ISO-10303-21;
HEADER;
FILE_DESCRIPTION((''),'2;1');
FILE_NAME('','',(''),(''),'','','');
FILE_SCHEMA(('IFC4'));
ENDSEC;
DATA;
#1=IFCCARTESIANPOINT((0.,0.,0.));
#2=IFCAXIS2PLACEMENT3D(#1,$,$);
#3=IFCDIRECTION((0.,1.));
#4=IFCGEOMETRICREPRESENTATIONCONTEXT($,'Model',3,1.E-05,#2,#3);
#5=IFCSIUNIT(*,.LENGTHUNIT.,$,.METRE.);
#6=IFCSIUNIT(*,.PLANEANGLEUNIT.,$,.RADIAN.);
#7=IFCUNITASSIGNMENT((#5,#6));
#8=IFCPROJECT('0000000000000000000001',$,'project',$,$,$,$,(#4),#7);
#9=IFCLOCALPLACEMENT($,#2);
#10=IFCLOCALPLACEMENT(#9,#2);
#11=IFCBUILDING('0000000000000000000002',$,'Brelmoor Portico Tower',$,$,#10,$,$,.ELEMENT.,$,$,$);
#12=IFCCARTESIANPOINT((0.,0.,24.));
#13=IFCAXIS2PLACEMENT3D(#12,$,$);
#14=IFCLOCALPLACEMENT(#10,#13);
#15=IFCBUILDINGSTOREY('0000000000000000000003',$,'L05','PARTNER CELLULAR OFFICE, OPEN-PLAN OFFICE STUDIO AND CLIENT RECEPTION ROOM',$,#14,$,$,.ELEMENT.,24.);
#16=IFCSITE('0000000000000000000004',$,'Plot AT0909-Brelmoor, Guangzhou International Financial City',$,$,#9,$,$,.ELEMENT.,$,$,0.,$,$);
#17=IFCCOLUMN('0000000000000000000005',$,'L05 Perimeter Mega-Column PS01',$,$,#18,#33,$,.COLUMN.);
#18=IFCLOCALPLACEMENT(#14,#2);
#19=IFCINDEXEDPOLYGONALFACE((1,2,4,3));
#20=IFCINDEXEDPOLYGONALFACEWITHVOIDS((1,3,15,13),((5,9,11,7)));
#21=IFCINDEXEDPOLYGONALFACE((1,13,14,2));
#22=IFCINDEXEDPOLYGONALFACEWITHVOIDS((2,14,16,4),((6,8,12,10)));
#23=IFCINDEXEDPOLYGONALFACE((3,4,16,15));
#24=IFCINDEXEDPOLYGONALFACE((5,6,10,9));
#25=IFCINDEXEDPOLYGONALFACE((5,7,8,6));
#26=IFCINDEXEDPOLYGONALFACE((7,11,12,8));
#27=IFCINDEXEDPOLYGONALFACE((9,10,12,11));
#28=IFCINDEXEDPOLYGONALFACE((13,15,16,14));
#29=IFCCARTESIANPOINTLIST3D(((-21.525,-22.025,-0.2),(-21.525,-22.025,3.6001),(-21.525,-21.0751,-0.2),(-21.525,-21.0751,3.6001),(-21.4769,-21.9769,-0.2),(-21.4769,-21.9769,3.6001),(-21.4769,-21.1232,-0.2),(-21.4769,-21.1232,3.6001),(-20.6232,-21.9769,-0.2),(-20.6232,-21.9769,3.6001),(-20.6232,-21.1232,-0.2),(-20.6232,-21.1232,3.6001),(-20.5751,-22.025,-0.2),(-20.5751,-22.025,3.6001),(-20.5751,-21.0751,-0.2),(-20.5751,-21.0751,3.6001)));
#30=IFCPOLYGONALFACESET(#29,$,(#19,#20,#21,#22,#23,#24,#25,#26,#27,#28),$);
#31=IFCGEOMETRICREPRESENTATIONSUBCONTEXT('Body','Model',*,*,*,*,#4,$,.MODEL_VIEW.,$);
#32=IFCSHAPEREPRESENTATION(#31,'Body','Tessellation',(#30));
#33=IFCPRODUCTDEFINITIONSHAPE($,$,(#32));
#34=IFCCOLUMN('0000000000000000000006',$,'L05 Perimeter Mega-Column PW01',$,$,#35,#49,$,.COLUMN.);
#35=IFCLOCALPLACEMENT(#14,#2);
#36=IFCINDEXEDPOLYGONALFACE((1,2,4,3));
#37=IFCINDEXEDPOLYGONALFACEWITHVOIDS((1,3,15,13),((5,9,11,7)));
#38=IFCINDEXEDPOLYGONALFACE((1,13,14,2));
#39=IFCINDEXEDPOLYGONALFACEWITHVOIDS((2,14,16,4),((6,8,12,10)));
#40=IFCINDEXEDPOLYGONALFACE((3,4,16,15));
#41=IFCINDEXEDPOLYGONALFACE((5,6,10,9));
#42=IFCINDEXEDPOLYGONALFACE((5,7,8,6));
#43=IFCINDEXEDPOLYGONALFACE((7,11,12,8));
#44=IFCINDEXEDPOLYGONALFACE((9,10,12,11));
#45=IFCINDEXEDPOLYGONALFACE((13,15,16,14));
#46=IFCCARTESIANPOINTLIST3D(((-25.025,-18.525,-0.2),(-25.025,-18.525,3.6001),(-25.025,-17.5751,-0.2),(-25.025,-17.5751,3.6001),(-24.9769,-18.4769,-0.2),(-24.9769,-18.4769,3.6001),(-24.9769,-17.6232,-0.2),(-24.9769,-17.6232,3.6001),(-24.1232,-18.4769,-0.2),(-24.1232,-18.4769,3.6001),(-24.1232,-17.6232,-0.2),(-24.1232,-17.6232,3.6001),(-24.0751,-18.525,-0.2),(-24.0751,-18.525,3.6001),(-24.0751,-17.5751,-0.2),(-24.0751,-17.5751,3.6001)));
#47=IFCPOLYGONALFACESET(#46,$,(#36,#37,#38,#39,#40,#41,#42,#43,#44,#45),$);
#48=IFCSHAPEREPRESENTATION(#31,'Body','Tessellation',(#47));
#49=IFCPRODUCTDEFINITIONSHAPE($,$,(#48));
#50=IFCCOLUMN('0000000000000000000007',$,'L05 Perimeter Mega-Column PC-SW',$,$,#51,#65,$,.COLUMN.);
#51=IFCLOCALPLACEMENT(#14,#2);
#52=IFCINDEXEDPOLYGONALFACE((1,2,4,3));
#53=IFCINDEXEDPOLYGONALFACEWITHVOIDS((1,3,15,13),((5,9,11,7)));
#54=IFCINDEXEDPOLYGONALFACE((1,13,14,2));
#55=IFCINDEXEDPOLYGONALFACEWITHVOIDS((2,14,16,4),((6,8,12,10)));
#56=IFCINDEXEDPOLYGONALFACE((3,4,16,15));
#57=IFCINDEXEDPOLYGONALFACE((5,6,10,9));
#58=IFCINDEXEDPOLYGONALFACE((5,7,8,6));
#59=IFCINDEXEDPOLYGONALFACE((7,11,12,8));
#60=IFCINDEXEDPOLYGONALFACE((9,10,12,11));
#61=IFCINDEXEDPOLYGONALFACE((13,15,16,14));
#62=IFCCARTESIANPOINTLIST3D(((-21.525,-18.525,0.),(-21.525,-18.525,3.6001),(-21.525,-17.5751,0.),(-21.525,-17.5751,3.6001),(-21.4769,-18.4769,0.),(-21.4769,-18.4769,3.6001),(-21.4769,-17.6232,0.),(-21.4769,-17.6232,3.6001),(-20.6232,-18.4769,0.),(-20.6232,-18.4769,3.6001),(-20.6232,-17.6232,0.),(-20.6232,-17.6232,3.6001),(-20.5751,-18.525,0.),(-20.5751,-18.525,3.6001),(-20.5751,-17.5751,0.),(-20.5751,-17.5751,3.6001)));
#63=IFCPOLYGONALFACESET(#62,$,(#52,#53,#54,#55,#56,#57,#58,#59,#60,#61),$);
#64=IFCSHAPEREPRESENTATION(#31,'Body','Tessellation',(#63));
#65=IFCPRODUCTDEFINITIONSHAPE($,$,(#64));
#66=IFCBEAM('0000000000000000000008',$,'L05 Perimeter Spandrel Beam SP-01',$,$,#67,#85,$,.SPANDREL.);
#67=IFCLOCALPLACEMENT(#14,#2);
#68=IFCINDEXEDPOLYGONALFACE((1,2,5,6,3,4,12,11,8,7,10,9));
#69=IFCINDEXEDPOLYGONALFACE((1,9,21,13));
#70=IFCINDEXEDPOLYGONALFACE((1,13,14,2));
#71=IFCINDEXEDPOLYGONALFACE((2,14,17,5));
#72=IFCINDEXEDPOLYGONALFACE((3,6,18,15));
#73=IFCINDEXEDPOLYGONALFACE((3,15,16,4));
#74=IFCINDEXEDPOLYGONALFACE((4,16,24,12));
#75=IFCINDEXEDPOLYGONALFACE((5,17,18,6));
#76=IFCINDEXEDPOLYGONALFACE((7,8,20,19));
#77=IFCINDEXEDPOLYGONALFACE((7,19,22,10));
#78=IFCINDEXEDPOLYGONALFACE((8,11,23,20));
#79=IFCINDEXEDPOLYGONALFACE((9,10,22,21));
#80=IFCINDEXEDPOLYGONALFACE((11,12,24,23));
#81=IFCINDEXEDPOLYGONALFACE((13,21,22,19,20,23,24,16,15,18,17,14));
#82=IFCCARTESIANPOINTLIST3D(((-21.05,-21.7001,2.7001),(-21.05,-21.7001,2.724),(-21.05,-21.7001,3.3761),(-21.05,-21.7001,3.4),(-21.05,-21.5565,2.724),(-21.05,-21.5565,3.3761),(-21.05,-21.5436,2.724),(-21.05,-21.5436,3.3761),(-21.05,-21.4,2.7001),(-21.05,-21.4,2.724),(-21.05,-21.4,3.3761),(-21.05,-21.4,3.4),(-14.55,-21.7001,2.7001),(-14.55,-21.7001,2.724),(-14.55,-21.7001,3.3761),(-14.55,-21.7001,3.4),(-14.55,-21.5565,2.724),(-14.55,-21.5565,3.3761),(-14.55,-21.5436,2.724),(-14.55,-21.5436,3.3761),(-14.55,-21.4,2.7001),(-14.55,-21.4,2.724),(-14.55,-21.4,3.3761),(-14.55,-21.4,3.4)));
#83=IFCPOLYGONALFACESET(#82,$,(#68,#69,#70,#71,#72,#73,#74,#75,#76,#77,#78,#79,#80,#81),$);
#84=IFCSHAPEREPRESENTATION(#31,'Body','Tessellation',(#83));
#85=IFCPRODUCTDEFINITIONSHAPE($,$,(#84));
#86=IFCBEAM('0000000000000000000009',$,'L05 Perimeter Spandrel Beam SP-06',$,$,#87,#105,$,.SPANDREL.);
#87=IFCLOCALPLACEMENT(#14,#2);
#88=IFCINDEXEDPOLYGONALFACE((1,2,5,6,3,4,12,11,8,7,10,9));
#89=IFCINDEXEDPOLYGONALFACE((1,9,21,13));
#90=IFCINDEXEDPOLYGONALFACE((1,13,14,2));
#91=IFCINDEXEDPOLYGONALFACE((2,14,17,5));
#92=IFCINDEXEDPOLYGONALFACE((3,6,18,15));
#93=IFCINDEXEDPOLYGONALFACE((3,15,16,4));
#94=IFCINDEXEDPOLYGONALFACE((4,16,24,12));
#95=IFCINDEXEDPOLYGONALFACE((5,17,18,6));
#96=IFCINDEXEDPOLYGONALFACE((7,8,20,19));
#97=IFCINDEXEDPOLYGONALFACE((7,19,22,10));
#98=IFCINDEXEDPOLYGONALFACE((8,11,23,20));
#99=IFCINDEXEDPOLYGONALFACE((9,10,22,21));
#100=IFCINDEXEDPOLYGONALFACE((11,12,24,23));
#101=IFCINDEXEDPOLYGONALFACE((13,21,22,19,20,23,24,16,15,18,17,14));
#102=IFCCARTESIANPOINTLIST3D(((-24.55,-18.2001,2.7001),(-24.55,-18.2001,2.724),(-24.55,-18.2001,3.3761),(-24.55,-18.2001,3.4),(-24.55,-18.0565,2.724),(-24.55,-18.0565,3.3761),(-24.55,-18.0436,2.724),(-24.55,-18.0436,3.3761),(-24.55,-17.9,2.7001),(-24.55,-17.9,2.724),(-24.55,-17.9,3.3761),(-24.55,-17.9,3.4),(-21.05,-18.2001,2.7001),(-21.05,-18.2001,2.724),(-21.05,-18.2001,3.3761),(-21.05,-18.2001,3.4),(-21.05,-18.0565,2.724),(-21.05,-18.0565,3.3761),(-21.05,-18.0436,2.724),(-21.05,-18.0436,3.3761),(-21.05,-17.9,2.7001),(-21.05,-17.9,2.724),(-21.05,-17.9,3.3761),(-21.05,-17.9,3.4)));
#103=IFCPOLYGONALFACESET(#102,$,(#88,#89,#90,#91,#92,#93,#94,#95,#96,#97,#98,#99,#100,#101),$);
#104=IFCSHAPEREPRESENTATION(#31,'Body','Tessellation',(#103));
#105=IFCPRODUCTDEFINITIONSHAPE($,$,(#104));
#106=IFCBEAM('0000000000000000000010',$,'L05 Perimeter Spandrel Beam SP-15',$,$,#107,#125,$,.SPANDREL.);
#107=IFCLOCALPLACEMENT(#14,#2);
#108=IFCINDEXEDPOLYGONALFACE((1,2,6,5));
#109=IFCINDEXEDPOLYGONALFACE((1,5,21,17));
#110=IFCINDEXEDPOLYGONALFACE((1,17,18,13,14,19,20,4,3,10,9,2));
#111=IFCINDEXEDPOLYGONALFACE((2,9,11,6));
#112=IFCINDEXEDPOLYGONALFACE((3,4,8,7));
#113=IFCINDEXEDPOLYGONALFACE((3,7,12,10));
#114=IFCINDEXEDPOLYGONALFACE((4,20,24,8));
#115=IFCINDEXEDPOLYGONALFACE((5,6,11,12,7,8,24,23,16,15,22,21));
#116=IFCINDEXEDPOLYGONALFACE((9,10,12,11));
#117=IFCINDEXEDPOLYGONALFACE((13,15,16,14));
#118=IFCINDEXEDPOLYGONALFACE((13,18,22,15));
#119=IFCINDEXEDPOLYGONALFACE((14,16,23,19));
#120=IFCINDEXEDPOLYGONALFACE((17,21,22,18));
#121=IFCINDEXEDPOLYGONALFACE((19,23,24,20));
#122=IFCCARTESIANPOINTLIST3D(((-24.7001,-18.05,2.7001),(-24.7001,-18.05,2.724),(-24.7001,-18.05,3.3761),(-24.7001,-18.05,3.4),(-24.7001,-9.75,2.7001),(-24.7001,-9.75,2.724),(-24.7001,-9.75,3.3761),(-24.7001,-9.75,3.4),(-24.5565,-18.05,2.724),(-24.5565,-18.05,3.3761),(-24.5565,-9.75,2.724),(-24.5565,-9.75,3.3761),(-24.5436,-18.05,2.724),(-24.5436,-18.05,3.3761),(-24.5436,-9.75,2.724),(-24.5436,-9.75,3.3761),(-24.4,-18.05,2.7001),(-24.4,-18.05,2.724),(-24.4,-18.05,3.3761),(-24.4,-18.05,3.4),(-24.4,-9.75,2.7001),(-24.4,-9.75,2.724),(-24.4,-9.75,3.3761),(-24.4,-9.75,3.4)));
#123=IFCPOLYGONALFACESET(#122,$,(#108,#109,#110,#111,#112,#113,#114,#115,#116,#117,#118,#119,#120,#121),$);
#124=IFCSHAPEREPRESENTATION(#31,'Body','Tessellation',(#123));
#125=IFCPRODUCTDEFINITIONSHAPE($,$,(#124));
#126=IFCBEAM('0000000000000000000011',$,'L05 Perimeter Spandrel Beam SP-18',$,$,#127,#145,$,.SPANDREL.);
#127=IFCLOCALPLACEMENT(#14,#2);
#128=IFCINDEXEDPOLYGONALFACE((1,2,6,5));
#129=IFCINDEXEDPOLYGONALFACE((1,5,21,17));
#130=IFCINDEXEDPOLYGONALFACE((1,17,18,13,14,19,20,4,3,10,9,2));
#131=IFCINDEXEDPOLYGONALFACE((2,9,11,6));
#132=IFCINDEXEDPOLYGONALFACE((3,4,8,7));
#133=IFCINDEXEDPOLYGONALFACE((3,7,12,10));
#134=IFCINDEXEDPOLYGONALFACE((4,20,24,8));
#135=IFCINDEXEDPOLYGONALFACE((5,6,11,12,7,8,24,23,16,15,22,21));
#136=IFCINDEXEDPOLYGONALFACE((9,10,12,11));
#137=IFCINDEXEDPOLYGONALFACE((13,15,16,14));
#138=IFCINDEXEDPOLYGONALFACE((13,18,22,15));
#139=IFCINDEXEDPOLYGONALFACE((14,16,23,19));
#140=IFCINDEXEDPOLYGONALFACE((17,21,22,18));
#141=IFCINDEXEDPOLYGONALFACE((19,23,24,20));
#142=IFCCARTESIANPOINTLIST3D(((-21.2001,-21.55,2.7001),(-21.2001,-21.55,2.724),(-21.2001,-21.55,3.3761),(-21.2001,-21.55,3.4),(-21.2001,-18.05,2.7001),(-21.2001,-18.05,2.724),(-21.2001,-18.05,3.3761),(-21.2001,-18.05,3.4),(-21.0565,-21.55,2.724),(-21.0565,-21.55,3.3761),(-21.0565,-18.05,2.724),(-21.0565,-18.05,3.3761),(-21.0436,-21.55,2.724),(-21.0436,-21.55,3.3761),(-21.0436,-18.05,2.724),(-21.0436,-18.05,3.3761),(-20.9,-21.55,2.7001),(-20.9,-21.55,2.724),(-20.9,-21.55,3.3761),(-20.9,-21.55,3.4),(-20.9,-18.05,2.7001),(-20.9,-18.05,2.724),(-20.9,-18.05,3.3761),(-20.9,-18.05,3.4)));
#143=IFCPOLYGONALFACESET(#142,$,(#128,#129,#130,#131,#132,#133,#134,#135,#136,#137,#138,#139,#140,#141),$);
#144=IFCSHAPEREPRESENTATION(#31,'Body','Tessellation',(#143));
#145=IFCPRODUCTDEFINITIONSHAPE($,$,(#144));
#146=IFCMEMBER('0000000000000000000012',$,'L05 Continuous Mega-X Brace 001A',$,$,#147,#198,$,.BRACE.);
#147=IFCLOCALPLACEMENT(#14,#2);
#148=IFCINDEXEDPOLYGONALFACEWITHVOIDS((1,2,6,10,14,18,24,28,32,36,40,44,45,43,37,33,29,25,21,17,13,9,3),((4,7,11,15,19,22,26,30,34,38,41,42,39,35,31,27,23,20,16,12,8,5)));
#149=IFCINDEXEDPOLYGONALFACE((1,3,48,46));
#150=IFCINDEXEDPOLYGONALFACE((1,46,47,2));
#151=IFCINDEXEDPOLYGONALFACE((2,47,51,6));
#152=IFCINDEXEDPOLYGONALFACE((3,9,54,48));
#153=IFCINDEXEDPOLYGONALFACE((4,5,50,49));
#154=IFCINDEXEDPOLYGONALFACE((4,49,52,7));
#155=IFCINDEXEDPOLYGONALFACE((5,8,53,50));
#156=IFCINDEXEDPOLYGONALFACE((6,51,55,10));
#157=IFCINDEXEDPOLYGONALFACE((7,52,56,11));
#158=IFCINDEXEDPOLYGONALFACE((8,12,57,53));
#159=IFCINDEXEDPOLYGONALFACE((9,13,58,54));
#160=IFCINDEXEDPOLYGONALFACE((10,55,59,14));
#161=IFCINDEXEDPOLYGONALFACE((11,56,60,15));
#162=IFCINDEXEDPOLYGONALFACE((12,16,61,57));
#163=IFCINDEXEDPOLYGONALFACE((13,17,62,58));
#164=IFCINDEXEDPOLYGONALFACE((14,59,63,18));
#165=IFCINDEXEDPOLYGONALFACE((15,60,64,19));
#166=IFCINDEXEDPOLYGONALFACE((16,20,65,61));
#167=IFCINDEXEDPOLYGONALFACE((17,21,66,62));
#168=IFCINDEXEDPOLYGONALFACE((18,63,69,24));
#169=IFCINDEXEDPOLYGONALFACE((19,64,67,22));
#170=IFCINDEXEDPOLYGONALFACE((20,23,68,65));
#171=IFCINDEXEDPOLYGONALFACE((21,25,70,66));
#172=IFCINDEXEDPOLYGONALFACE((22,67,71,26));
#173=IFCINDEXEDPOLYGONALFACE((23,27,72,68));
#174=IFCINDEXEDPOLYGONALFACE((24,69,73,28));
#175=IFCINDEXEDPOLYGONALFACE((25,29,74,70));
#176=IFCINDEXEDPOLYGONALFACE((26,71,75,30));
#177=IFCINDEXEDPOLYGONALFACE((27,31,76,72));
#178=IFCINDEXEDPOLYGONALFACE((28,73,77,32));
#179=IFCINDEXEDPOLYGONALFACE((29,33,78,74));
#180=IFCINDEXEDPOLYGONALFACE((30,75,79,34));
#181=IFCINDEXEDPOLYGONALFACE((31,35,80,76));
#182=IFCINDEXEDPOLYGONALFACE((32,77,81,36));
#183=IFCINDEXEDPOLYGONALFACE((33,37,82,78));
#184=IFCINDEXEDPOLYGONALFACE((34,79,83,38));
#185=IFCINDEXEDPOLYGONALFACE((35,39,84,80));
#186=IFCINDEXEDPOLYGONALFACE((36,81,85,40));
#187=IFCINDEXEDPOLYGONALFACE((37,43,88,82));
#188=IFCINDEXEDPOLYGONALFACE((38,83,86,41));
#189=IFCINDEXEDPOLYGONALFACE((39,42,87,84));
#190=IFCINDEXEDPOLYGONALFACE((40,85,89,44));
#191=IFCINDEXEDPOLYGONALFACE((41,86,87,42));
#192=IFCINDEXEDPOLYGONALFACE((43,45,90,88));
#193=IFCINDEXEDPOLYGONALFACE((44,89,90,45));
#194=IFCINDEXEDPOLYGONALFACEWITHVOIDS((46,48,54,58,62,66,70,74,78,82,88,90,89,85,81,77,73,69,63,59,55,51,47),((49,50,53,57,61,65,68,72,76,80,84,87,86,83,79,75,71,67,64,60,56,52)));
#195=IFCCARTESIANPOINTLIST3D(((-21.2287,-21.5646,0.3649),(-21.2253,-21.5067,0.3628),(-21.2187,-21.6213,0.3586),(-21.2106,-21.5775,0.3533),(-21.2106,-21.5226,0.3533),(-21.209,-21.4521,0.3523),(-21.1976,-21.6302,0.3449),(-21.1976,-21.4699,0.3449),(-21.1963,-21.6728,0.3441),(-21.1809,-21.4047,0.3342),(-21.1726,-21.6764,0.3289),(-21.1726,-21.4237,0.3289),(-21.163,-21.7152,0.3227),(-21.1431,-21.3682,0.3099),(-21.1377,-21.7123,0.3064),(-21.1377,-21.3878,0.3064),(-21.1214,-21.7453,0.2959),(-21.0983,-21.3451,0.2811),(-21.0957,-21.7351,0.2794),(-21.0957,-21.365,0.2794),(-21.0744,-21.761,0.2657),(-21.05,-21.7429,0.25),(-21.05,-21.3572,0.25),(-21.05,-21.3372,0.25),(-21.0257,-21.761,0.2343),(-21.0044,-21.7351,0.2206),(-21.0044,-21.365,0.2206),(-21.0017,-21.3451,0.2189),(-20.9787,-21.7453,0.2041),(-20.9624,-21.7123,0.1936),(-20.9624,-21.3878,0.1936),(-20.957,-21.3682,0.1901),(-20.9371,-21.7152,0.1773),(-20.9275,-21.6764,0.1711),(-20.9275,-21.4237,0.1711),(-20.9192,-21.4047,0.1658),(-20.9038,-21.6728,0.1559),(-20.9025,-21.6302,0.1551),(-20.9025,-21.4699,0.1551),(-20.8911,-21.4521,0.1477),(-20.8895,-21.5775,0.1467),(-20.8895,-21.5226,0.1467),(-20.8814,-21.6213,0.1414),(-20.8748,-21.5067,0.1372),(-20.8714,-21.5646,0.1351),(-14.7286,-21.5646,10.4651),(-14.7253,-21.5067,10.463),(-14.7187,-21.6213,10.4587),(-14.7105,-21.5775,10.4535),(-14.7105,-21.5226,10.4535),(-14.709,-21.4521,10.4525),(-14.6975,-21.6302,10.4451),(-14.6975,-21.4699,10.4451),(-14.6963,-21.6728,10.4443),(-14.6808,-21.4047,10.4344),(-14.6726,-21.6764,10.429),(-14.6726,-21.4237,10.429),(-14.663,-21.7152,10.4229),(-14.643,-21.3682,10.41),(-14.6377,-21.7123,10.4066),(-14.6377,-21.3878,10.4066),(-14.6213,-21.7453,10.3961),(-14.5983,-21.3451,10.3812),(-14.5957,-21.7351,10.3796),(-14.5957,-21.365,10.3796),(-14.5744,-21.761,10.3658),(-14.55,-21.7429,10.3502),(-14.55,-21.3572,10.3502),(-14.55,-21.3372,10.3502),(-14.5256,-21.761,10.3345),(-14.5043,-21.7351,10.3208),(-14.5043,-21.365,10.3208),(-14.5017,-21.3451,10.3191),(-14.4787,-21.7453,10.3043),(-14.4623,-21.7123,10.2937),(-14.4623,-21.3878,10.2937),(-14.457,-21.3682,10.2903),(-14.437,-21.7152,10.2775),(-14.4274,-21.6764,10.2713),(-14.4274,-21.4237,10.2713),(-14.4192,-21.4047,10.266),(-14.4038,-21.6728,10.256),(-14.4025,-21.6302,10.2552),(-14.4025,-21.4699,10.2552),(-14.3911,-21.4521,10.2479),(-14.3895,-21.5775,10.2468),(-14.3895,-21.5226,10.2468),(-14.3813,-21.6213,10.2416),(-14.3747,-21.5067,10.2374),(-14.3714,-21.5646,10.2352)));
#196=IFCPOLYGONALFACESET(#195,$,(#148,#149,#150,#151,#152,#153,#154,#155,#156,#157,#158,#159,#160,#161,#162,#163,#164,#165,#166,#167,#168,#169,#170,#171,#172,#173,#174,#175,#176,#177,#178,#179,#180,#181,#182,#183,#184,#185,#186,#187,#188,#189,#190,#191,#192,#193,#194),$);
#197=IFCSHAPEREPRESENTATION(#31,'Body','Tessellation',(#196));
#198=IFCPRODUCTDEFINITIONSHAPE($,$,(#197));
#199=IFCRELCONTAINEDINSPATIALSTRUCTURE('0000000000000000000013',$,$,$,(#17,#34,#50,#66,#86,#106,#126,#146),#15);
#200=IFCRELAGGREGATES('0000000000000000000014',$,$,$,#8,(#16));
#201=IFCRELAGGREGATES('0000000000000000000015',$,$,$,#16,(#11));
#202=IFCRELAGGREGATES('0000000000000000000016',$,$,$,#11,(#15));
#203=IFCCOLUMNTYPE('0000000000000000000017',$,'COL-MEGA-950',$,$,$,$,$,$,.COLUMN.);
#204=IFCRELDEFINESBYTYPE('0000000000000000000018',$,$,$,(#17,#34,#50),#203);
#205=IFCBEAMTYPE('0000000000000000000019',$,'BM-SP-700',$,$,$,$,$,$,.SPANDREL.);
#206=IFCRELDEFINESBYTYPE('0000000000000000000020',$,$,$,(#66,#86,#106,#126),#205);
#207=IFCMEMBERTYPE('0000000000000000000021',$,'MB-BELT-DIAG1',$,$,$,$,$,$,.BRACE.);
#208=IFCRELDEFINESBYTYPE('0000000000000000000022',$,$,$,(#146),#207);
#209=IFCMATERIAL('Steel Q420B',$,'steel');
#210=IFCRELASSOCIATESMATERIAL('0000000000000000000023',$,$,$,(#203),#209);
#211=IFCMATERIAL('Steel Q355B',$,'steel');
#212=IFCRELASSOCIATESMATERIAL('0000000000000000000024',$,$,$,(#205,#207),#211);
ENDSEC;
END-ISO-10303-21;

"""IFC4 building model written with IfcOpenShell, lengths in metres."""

from ifc_helpers import new_model, si_unit, direction, frame, origin, origin_2d, place, context, subcontext, project, spatial, hollow_rectangle, hollow_circle, i_section, extrude, material, material_profile, profile_set, type_object, element, save


model = new_model("IFC4")

# Units and contexts
model_context = context("Model", 3, precision=1e-05, world=origin(), true_north=direction((0.0, 1.0)))
body_context = subcontext(model_context, "Body", "Model", "MODEL_VIEW")
ifc_project = project(units=[si_unit("LENGTHUNIT", "METRE"), si_unit("PLANEANGLEUNIT", "RADIAN")], contexts=[model_context])

# Site, building, storey
site_placement = place(None, origin())
site = spatial("IfcSite", under=ifc_project, at=site_placement, Name="Plot AT0909-Brelmoor, Guangzhou International Financial City", CompositionType="ELEMENT", RefElevation=0.0)
building_placement = place(site_placement, origin())
building = spatial("IfcBuilding", under=site, at=building_placement, Name="Brelmoor Portico Tower", CompositionType="ELEMENT")
storey_placement = place(building_placement, frame((0.0, 0.0, 24.0)))
storey = spatial("IfcBuildingStorey", under=building, at=storey_placement, Name="L05", Description="PARTNER CELLULAR OFFICE, OPEN-PLAN OFFICE STUDIO AND CLIENT RECEPTION ROOM", CompositionType="ELEMENT", Elevation=24.0)

# Columns
ifc_material_1 = material(Name="Steel Q420B", Category="steel")
ifc_material_profile_1 = material_profile(ifc_material_1, hollow_rectangle(XDim=0.95, YDim=0.95, WallThickness=0.0481, at=origin_2d()), Name="BOX 950x950x48")
ifc_profile_set_1 = profile_set([ifc_material_profile_1], Name="Steel Q420B")
column_type = type_object("IfcColumnType", Name="COL-MEGA-950", PredefinedType="COLUMN", material=ifc_profile_set_1)
for number, where, z_axis, x_axis, name in (
    (1, (-21.05, -21.55, -0.2), (0.0, 0.0, 1.0), (1.0, 0.0, 0.0), "L05 Perimeter Mega-Column PS01"),
    (2, (-24.55, -18.05, -0.2), (0.0, 0.0, 1.0), (0.0, 1.0, 0.0), "L05 Perimeter Mega-Column PW01"),
):
    element("IfcColumn", number, at=place(storey_placement, frame(where, z_axis=z_axis, x_axis=x_axis)), inside=storey, type_object=column_type, Name=name, PredefinedType="COLUMN", context=body_context, shape_type="SweptSolid", body=[
        extrude(hollow_rectangle(XDim=0.95, YDim=0.95, WallThickness=0.0481, at=origin_2d()), origin(), (0.0, 0.0, 1.0), 3.8),
    ])
column_placement = place(storey_placement, frame((-21.05, -18.05, 0.0), z_axis=(0.0, 0.0, 1.0), x_axis=(1.0, 0.0, 0.0)))
element("IfcColumn", 3, at=column_placement, inside=storey, type_object=column_type, Name="L05 Perimeter Mega-Column PC-SW", PredefinedType="COLUMN", context=body_context, shape_type="SweptSolid", body=[
    extrude(hollow_rectangle(XDim=0.95, YDim=0.95, WallThickness=0.0481, at=origin_2d()), origin(), (0.0, 0.0, 1.0), 3.6001),
])

# Beams
ifc_material_2 = material(Name="Steel Q355B", Category="steel")
ifc_material_profile_2 = material_profile(ifc_material_2, i_section(OverallWidth=0.3, OverallDepth=0.7, WebThickness=0.0129, FlangeThickness=0.0239, at=origin_2d()), Name="HN 700x300x13x24")
ifc_profile_set_2 = profile_set([ifc_material_profile_2], Name="Steel Q355B")
beam_type = type_object("IfcBeamType", Name="BM-SP-700", PredefinedType="SPANDREL", material=ifc_profile_set_2)
beam_1_placement = place(storey_placement, frame((-21.05, -21.55, 3.05), z_axis=(1.0, 0.0, 0.0), x_axis=(0.0, 1.0, 0.0)))
element("IfcBeam", 4, at=beam_1_placement, inside=storey, type_object=beam_type, Name="L05 Perimeter Spandrel Beam SP-01", PredefinedType="SPANDREL", context=body_context, shape_type="SweptSolid", body=[
    extrude(i_section(OverallWidth=0.3, OverallDepth=0.7, WebThickness=0.0129, FlangeThickness=0.0239, at=origin_2d()), origin(), (0.0, 0.0, 1.0), 6.5),
])
beam_2_placement = place(storey_placement, frame((-24.55, -18.05, 3.05), z_axis=(1.0, 0.0, 0.0), x_axis=(0.0, 1.0, 0.0)))
element("IfcBeam", 5, at=beam_2_placement, inside=storey, type_object=beam_type, Name="L05 Perimeter Spandrel Beam SP-06", PredefinedType="SPANDREL", context=body_context, shape_type="SweptSolid", body=[
    extrude(i_section(OverallWidth=0.3, OverallDepth=0.7, WebThickness=0.0129, FlangeThickness=0.0239, at=origin_2d()), origin(), (0.0, 0.0, 1.0), 3.5),
])
beam_3_placement = place(storey_placement, frame((-24.55, -18.05, 3.05), z_axis=(0.0, 1.0, 0.0), x_axis=(-1.0, 0.0, 0.0)))
element("IfcBeam", 6, at=beam_3_placement, inside=storey, type_object=beam_type, Name="L05 Perimeter Spandrel Beam SP-15", PredefinedType="SPANDREL", context=body_context, shape_type="SweptSolid", body=[
    extrude(i_section(OverallWidth=0.3, OverallDepth=0.7, WebThickness=0.0129, FlangeThickness=0.0239, at=origin_2d()), origin(), (0.0, 0.0, 1.0), 8.3),
])
beam_4_placement = place(storey_placement, frame((-21.05, -21.55, 3.05), z_axis=(0.0, 1.0, 0.0), x_axis=(-1.0, 0.0, 0.0)))
element("IfcBeam", 7, at=beam_4_placement, inside=storey, type_object=beam_type, Name="L05 Perimeter Spandrel Beam SP-18", PredefinedType="SPANDREL", context=body_context, shape_type="SweptSolid", body=[
    extrude(i_section(OverallWidth=0.3, OverallDepth=0.7, WebThickness=0.0129, FlangeThickness=0.0239, at=origin_2d()), origin(), (0.0, 0.0, 1.0), 3.5),
])

# Member
ifc_material_profile_3 = material_profile(ifc_material_2, hollow_circle(Radius=0.2129, WallThickness=0.02, at=origin_2d()), Name="CHS 426x20")
ifc_profile_set_3 = profile_set([ifc_material_profile_3], Name="Steel Q355B")
member_type_1 = type_object("IfcMemberType", Name="MB-BELT-DIAG1", PredefinedType="BRACE", material=ifc_profile_set_3)
member_1_placement = place(storey_placement, frame((-21.05, -21.55, 0.25), z_axis=(0.541175, 0.0, 0.84091), x_axis=(0.0, 1.0, 0.0)))
element("IfcMember", 8, at=member_1_placement, inside=storey, type_object=member_type_1, Name="L05 Continuous Mega-X Brace 001A", PredefinedType="BRACE", context=body_context, shape_type="SweptSolid", body=[
    extrude(hollow_circle(Radius=0.2129, WallThickness=0.02, at=origin_2d()), origin(), (0.0, 0.0, 1.0), 12.011),
])

save(model, "model.ifc")
